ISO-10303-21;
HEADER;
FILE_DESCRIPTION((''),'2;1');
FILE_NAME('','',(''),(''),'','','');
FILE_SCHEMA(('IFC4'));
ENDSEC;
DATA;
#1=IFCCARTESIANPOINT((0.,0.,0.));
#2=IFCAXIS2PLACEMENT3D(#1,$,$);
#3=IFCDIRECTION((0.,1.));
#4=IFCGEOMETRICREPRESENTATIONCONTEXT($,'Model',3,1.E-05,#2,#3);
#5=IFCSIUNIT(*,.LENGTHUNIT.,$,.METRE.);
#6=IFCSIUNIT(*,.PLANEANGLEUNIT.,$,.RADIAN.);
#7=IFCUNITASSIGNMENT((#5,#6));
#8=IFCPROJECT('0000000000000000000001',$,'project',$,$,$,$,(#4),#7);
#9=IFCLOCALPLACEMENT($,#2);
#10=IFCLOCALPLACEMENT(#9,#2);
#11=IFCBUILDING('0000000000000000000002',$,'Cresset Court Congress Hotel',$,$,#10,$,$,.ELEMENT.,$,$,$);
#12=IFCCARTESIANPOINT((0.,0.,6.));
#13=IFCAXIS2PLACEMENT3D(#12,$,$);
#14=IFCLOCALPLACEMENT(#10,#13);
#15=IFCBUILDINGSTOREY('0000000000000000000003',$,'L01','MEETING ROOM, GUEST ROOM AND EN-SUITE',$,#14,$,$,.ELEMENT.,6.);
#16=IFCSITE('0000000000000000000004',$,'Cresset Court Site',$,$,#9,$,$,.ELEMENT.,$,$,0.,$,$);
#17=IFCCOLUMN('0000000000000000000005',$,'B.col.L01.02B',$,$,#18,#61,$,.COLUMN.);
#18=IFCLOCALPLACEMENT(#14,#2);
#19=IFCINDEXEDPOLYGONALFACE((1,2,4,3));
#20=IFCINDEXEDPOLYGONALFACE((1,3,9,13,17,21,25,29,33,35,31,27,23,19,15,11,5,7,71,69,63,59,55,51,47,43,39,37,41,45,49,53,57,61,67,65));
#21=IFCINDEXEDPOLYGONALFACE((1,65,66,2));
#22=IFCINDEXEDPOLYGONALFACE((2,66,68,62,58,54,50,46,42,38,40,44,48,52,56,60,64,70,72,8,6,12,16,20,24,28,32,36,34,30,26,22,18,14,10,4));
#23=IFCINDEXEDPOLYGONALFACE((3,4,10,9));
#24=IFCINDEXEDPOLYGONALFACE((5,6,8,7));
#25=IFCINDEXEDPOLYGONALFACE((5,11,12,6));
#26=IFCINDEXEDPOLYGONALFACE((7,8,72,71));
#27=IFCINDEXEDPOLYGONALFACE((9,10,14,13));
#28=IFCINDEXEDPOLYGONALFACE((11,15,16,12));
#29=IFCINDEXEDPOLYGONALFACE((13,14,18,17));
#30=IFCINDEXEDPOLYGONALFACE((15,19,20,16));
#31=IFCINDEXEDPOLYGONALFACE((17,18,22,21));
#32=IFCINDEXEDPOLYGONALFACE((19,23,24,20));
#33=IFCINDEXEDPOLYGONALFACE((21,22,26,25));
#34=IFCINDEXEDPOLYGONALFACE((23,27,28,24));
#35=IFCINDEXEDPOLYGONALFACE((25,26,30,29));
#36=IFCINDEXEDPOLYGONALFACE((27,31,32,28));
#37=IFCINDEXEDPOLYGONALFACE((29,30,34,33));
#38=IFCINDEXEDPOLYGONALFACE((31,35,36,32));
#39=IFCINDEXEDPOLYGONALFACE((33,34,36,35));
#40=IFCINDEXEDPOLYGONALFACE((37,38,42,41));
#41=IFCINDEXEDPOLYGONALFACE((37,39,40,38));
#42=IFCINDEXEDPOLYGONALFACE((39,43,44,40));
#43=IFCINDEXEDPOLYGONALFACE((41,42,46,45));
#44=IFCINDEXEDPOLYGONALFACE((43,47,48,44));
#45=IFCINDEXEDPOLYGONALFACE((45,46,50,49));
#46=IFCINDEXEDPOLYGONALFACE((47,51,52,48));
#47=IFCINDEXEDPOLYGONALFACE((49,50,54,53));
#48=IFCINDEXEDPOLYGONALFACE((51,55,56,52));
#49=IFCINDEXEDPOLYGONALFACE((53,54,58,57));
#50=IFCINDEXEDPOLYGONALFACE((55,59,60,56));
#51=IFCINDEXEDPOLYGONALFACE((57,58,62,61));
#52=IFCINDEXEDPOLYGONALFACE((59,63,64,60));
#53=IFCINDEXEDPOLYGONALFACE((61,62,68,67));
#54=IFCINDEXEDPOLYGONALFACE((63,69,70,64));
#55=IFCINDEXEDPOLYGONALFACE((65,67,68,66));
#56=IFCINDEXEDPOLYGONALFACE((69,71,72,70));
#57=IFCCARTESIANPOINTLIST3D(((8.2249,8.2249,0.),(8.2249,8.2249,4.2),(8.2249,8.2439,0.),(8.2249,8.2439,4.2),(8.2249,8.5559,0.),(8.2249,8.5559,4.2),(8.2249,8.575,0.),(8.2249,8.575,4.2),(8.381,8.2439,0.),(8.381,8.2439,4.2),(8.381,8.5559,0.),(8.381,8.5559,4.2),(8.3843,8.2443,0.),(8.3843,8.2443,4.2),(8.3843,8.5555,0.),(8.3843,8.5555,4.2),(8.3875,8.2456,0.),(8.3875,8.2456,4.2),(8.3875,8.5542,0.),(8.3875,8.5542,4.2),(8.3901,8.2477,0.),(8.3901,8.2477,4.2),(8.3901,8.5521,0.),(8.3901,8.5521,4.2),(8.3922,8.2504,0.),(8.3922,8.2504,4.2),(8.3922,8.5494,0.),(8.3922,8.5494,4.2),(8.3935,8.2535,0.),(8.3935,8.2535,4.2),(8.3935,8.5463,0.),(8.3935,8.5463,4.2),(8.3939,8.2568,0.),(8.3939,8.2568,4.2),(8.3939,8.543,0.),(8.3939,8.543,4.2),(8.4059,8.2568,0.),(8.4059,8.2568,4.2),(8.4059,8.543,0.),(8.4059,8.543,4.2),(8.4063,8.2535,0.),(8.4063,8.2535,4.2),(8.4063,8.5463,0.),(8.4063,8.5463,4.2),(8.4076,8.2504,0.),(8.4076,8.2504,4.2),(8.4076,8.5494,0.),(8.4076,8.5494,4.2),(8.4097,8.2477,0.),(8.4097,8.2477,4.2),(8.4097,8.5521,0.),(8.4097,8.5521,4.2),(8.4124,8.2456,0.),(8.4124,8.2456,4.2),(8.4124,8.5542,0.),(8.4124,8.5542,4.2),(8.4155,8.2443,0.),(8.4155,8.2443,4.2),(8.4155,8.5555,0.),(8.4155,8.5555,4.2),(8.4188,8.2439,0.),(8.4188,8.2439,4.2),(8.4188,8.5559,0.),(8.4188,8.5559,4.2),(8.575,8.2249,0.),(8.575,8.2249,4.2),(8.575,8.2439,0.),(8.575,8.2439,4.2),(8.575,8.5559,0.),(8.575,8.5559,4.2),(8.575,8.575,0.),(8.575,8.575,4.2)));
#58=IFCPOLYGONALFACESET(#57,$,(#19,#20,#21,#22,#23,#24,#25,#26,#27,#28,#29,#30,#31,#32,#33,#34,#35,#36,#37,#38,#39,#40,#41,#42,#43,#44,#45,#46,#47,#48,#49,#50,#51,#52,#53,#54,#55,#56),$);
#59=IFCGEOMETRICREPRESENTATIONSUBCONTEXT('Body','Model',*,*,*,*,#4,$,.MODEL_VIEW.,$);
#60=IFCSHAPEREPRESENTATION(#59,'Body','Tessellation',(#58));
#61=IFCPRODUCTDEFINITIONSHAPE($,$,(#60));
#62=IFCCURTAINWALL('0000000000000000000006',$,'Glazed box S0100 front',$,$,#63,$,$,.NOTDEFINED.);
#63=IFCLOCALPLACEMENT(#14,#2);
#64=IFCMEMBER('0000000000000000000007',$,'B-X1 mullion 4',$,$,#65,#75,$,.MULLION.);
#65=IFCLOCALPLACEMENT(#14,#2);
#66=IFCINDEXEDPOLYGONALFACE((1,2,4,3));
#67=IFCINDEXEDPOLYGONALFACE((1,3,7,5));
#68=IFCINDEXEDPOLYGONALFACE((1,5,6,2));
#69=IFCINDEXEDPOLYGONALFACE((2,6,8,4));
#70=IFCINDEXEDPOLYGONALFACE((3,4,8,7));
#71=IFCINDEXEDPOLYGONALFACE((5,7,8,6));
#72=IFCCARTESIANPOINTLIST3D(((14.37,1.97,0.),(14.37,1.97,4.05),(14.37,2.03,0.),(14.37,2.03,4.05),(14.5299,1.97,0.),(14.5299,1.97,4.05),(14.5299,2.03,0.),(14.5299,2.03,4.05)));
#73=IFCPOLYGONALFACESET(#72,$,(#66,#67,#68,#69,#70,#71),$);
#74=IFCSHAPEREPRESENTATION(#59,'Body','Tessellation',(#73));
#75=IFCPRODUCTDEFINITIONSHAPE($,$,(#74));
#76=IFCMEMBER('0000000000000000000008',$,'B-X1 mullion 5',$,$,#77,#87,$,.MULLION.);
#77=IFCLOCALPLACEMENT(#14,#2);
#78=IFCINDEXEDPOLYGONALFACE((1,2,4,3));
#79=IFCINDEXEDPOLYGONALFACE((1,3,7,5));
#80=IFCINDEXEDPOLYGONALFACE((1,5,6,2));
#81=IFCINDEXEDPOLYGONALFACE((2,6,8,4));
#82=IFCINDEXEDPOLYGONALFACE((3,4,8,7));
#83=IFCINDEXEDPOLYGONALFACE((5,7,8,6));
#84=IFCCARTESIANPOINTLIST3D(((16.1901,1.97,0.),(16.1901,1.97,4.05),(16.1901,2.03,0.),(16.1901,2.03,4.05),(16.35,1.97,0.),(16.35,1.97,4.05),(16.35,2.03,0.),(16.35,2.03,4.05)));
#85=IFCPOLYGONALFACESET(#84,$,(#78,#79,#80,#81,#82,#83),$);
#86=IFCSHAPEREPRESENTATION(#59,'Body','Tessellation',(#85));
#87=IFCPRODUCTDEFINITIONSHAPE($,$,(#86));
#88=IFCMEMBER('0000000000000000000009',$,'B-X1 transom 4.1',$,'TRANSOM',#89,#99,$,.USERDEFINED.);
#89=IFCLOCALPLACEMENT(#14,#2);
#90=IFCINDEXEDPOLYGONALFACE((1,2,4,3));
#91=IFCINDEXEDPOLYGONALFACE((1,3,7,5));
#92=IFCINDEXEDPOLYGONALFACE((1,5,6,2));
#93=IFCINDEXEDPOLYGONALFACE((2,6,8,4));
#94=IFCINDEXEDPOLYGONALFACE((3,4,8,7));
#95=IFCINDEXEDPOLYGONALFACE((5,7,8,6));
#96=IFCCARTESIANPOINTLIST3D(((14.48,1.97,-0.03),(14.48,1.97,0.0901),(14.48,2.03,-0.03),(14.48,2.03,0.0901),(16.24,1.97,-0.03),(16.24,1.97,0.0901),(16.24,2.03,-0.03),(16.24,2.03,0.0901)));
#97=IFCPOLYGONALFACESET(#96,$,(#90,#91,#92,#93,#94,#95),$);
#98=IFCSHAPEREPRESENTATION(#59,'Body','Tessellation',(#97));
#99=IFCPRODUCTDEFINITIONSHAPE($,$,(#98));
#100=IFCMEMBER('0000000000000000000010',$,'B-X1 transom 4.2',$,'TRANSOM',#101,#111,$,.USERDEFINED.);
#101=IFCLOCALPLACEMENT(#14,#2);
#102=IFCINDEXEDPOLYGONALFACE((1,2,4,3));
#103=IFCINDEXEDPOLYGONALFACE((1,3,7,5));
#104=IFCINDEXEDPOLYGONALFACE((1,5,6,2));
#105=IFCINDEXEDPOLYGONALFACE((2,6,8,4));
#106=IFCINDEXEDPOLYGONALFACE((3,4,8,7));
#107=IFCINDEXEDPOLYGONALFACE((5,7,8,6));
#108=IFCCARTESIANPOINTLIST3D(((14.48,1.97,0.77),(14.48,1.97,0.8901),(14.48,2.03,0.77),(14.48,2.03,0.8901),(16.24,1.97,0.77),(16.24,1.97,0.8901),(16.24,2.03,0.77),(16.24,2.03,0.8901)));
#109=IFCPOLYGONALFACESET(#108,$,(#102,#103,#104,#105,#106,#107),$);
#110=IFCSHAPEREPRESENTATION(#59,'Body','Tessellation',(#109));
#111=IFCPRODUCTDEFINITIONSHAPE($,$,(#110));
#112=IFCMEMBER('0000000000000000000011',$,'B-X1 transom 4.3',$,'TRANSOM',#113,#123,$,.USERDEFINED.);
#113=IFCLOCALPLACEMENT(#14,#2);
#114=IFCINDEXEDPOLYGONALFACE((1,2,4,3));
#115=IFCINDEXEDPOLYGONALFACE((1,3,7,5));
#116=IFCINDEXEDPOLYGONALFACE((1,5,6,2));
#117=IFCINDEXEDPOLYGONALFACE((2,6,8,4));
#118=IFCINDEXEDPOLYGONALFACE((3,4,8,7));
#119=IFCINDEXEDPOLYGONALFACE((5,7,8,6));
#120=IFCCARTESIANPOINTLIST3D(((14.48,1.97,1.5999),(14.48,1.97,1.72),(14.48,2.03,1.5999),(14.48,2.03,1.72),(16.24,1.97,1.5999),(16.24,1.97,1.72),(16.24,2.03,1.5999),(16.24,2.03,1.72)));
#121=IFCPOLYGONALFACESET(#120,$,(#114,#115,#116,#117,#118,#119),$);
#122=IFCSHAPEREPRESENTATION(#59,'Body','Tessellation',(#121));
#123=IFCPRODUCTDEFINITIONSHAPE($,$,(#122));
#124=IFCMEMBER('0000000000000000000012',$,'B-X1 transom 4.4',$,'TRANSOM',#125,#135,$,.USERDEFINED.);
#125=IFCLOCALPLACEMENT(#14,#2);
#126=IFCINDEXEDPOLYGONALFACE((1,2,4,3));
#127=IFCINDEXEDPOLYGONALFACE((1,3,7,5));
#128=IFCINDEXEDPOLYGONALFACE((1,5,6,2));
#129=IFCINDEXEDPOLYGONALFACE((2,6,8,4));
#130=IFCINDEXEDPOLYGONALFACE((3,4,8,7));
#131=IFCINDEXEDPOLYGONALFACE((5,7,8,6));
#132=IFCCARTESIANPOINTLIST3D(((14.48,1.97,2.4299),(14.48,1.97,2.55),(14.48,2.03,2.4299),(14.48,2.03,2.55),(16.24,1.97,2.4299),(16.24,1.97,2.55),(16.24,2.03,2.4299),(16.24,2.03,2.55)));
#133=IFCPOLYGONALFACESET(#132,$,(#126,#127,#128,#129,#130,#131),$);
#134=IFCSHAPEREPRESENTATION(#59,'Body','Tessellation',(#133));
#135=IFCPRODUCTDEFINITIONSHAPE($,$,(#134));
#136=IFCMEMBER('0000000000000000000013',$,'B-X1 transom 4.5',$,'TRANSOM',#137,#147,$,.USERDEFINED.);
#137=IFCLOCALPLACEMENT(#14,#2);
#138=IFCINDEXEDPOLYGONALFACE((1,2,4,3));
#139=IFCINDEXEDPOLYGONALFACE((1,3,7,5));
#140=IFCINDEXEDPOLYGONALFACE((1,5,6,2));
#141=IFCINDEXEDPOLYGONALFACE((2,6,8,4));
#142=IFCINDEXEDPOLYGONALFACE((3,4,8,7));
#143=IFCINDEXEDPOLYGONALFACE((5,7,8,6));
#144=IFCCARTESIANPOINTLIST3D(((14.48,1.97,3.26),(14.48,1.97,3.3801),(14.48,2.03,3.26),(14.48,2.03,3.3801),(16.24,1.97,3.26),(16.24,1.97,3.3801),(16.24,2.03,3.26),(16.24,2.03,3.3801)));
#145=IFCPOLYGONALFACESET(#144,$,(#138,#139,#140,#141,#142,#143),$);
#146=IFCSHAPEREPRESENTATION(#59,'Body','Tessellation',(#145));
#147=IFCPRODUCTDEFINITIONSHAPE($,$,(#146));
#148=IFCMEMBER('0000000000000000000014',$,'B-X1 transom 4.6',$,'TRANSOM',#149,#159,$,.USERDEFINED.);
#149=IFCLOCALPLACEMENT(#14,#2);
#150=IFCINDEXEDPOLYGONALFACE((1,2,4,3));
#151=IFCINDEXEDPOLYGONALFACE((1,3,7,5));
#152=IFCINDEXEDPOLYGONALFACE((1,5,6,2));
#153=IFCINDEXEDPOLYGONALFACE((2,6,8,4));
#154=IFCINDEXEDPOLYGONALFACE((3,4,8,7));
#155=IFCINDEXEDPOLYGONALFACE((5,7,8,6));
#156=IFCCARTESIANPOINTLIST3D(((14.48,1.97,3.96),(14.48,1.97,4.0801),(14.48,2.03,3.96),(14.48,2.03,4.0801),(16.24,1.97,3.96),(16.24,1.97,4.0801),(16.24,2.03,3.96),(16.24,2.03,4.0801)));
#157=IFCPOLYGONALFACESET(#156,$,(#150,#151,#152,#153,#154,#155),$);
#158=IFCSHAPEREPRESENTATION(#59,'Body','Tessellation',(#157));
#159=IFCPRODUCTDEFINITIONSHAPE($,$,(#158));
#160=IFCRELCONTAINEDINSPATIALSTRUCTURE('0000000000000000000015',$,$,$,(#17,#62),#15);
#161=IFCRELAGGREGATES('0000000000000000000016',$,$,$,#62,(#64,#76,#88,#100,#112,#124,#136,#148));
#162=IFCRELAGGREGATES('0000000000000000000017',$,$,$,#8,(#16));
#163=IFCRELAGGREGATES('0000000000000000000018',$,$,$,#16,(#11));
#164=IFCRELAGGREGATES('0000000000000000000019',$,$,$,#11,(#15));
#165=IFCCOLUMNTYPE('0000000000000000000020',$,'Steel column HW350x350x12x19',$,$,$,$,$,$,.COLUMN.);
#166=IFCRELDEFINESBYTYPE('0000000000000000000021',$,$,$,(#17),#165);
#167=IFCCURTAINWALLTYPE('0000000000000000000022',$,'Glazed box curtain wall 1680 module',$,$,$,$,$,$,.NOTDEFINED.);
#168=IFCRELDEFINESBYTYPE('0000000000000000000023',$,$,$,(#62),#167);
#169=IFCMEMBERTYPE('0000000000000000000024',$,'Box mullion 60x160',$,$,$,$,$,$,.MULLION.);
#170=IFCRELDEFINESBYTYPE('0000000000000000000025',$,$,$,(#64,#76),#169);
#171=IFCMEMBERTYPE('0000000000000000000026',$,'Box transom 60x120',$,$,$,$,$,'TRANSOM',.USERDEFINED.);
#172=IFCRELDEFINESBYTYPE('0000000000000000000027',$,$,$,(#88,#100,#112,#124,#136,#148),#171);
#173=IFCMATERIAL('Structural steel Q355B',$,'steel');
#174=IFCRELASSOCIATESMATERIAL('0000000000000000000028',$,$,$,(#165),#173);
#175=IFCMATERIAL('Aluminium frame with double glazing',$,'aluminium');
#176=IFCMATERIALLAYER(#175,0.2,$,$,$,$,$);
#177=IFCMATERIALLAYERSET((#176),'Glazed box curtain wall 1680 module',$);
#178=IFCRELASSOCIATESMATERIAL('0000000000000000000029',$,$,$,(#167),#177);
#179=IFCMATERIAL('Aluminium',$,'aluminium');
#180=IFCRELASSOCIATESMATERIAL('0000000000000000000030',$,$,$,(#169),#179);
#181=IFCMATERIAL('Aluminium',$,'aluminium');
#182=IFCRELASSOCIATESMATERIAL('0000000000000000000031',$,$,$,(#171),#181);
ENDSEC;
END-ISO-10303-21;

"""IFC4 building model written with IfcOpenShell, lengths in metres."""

from ifc_helpers import new_model, si_unit, direction, frame, origin, origin_2d, place, context, subcontext, project, spatial, rectangle, i_section, extrude, material, layer, layer_set, material_profile, profile_set, type_object, element, aggregate, save


model = new_model("IFC4")

# Units and contexts
model_context = context("Model", 3, precision=1e-05, world=origin(), true_north=direction((0.0, 1.0)))
body_context = subcontext(model_context, "Body", "Model", "MODEL_VIEW")
ifc_project = project(units=[si_unit("LENGTHUNIT", "METRE"), si_unit("PLANEANGLEUNIT", "RADIAN")], contexts=[model_context])

# Site, building, storey
site_placement = place(None, origin())
site = spatial("IfcSite", under=ifc_project, at=site_placement, Name="Cresset Court Site", CompositionType="ELEMENT", RefElevation=0.0)
building_placement = place(site_placement, origin())
building = spatial("IfcBuilding", under=site, at=building_placement, Name="Cresset Court Congress Hotel", CompositionType="ELEMENT")
storey_placement = place(building_placement, frame((0.0, 0.0, 6.0)))
storey = spatial("IfcBuildingStorey", under=building, at=storey_placement, Name="L01", Description="MEETING ROOM, GUEST ROOM AND EN-SUITE", CompositionType="ELEMENT", Elevation=6.0)

# Column
ifc_material_1 = material(Name="Structural steel Q355B", Category="steel")
ifc_material_profile_1 = material_profile(ifc_material_1, i_section(OverallWidth=0.3501, OverallDepth=0.3501, WebThickness=0.012, FlangeThickness=0.019, FilletRadius=0.0129, at=origin_2d()), Name="HW350x350x12x19")
ifc_profile_set_1 = profile_set([ifc_material_profile_1], Name="Structural steel Q355B")
column_type = type_object("IfcColumnType", Name="Steel column HW350x350x12x19", PredefinedType="COLUMN", material=ifc_profile_set_1)
column_placement = place(storey_placement, frame((8.3999, 8.3999, 0.0), z_axis=(0.0, 0.0, 1.0), x_axis=(1.0, 0.0, 0.0)))
element("IfcColumn", 1, at=column_placement, inside=storey, type_object=column_type, Name="B.col.L01.02B", PredefinedType="COLUMN", context=body_context, shape_type="SweptSolid", body=[
    extrude(i_section(OverallWidth=0.3501, OverallDepth=0.3501, WebThickness=0.012, FlangeThickness=0.019, FilletRadius=0.0129, at=origin_2d()), origin(), (0.0, 0.0, 1.0), 4.2),
])

# Curtain wall, members
ifc_material_2 = material(Name="Aluminium frame with double glazing", Category="aluminium")
ifc_layer_1 = layer(ifc_material_2, 0.2)
ifc_layer_set_1 = layer_set([ifc_layer_1], Name="Glazed box curtain wall 1680 module")
curtain_wall_type = type_object("IfcCurtainWallType", Name="Glazed box curtain wall 1680 module", PredefinedType="NOTDEFINED", material=ifc_layer_set_1)
curtain_wall_1_placement = place(storey_placement, origin())
curtain_wall_1 = element("IfcCurtainWall", 2, at=curtain_wall_1_placement, inside=storey, type_object=curtain_wall_type, Name="Glazed box S0100 front", PredefinedType="NOTDEFINED")
ifc_material_3 = material(Name="Aluminium", Category="aluminium")
ifc_material_profile_2 = material_profile(ifc_material_3, rectangle(XDim=0.0601, YDim=0.1599, at=origin_2d()), Name="Box mullion 60x160")
ifc_profile_set_2 = profile_set([ifc_material_profile_2], Name="Aluminium")
member_type_1 = type_object("IfcMemberType", Name="Box mullion 60x160", PredefinedType="MULLION", material=ifc_profile_set_2)
member_1_placement = place(storey_placement, frame((14.45, 2.0, 0.0), z_axis=(0.0, 0.0, 1.0), x_axis=(0.0, 1.0, 0.0)))
member_1 = element("IfcMember", 3, at=member_1_placement, type_object=member_type_1, Name="B-X1 mullion 4", PredefinedType="MULLION", context=body_context, shape_type="SweptSolid", body=[
    extrude(rectangle(XDim=0.0601, YDim=0.1599, at=origin_2d()), origin(), (0.0, 0.0, 1.0), 4.05),
])
member_2_placement = place(storey_placement, frame((16.27, 2.0, 0.0), z_axis=(0.0, 0.0, 1.0), x_axis=(0.0, 1.0, 0.0)))
member_2 = element("IfcMember", 4, at=member_2_placement, type_object=member_type_1, Name="B-X1 mullion 5", PredefinedType="MULLION", context=body_context, shape_type="SweptSolid", body=[
    extrude(rectangle(XDim=0.0601, YDim=0.1599, at=origin_2d()), origin(), (0.0, 0.0, 1.0), 4.05),
])
ifc_material_4 = material(Name="Aluminium", Category="aluminium")
ifc_material_profile_3 = material_profile(ifc_material_4, rectangle(XDim=0.0601, YDim=0.1201, at=origin_2d()), Name="Box transom 60x120")
ifc_profile_set_3 = profile_set([ifc_material_profile_3], Name="Aluminium")
member_type_2 = type_object("IfcMemberType", Name="Box transom 60x120", ElementType="TRANSOM", PredefinedType="USERDEFINED", material=ifc_profile_set_3)
member_3_placement = place(storey_placement, frame((14.48, 2.0, 0.03), z_axis=(1.0, 0.0, 0.0), x_axis=(0.0, 1.0, 0.0)))
member_3 = element("IfcMember", 5, at=member_3_placement, type_object=member_type_2, Name="B-X1 transom 4.1", ObjectType="TRANSOM", PredefinedType="USERDEFINED", context=body_context, shape_type="SweptSolid", body=[
    extrude(rectangle(XDim=0.0601, YDim=0.1201, at=origin_2d()), origin(), (0.0, 0.0, 1.0), 1.76),
])
member_4_placement = place(storey_placement, frame((14.48, 2.0, 0.8301), z_axis=(1.0, 0.0, 0.0), x_axis=(0.0, 1.0, 0.0)))
member_4 = element("IfcMember", 6, at=member_4_placement, type_object=member_type_2, Name="B-X1 transom 4.2", ObjectType="TRANSOM", PredefinedType="USERDEFINED", context=body_context, shape_type="SweptSolid", body=[
    extrude(rectangle(XDim=0.0601, YDim=0.1201, at=origin_2d()), origin(), (0.0, 0.0, 1.0), 1.76),
])
member_5_placement = place(storey_placement, frame((14.48, 2.0, 1.6599), z_axis=(1.0, 0.0, 0.0), x_axis=(0.0, 1.0, 0.0)))
member_5 = element("IfcMember", 7, at=member_5_placement, type_object=member_type_2, Name="B-X1 transom 4.3", ObjectType="TRANSOM", PredefinedType="USERDEFINED", context=body_context, shape_type="SweptSolid", body=[
    extrude(rectangle(XDim=0.0601, YDim=0.1201, at=origin_2d()), origin(), (0.0, 0.0, 1.0), 1.76),
])
member_6_placement = place(storey_placement, frame((14.48, 2.0, 2.49), z_axis=(1.0, 0.0, 0.0), x_axis=(0.0, 1.0, 0.0)))
member_6 = element("IfcMember", 8, at=member_6_placement, type_object=member_type_2, Name="B-X1 transom 4.4", ObjectType="TRANSOM", PredefinedType="USERDEFINED", context=body_context, shape_type="SweptSolid", body=[
    extrude(rectangle(XDim=0.0601, YDim=0.1201, at=origin_2d()), origin(), (0.0, 0.0, 1.0), 1.76),
])
member_7_placement = place(storey_placement, frame((14.48, 2.0, 3.3201), z_axis=(1.0, 0.0, 0.0), x_axis=(0.0, 1.0, 0.0)))
member_7 = element("IfcMember", 9, at=member_7_placement, type_object=member_type_2, Name="B-X1 transom 4.5", ObjectType="TRANSOM", PredefinedType="USERDEFINED", context=body_context, shape_type="SweptSolid", body=[
    extrude(rectangle(XDim=0.0601, YDim=0.1201, at=origin_2d()), origin(), (0.0, 0.0, 1.0), 1.76),
])
member_8_placement = place(storey_placement, frame((14.48, 2.0, 4.02), z_axis=(1.0, 0.0, 0.0), x_axis=(0.0, 1.0, 0.0)))
member_8 = element("IfcMember", 10, at=member_8_placement, type_object=member_type_2, Name="B-X1 transom 4.6", ObjectType="TRANSOM", PredefinedType="USERDEFINED", context=body_context, shape_type="SweptSolid", body=[
    extrude(rectangle(XDim=0.0601, YDim=0.1201, at=origin_2d()), origin(), (0.0, 0.0, 1.0), 1.76),
])

aggregate(curtain_wall_1, [member_1, member_2, member_3, member_4, member_5, member_6, member_7, member_8])

save(model, "model.ifc")
